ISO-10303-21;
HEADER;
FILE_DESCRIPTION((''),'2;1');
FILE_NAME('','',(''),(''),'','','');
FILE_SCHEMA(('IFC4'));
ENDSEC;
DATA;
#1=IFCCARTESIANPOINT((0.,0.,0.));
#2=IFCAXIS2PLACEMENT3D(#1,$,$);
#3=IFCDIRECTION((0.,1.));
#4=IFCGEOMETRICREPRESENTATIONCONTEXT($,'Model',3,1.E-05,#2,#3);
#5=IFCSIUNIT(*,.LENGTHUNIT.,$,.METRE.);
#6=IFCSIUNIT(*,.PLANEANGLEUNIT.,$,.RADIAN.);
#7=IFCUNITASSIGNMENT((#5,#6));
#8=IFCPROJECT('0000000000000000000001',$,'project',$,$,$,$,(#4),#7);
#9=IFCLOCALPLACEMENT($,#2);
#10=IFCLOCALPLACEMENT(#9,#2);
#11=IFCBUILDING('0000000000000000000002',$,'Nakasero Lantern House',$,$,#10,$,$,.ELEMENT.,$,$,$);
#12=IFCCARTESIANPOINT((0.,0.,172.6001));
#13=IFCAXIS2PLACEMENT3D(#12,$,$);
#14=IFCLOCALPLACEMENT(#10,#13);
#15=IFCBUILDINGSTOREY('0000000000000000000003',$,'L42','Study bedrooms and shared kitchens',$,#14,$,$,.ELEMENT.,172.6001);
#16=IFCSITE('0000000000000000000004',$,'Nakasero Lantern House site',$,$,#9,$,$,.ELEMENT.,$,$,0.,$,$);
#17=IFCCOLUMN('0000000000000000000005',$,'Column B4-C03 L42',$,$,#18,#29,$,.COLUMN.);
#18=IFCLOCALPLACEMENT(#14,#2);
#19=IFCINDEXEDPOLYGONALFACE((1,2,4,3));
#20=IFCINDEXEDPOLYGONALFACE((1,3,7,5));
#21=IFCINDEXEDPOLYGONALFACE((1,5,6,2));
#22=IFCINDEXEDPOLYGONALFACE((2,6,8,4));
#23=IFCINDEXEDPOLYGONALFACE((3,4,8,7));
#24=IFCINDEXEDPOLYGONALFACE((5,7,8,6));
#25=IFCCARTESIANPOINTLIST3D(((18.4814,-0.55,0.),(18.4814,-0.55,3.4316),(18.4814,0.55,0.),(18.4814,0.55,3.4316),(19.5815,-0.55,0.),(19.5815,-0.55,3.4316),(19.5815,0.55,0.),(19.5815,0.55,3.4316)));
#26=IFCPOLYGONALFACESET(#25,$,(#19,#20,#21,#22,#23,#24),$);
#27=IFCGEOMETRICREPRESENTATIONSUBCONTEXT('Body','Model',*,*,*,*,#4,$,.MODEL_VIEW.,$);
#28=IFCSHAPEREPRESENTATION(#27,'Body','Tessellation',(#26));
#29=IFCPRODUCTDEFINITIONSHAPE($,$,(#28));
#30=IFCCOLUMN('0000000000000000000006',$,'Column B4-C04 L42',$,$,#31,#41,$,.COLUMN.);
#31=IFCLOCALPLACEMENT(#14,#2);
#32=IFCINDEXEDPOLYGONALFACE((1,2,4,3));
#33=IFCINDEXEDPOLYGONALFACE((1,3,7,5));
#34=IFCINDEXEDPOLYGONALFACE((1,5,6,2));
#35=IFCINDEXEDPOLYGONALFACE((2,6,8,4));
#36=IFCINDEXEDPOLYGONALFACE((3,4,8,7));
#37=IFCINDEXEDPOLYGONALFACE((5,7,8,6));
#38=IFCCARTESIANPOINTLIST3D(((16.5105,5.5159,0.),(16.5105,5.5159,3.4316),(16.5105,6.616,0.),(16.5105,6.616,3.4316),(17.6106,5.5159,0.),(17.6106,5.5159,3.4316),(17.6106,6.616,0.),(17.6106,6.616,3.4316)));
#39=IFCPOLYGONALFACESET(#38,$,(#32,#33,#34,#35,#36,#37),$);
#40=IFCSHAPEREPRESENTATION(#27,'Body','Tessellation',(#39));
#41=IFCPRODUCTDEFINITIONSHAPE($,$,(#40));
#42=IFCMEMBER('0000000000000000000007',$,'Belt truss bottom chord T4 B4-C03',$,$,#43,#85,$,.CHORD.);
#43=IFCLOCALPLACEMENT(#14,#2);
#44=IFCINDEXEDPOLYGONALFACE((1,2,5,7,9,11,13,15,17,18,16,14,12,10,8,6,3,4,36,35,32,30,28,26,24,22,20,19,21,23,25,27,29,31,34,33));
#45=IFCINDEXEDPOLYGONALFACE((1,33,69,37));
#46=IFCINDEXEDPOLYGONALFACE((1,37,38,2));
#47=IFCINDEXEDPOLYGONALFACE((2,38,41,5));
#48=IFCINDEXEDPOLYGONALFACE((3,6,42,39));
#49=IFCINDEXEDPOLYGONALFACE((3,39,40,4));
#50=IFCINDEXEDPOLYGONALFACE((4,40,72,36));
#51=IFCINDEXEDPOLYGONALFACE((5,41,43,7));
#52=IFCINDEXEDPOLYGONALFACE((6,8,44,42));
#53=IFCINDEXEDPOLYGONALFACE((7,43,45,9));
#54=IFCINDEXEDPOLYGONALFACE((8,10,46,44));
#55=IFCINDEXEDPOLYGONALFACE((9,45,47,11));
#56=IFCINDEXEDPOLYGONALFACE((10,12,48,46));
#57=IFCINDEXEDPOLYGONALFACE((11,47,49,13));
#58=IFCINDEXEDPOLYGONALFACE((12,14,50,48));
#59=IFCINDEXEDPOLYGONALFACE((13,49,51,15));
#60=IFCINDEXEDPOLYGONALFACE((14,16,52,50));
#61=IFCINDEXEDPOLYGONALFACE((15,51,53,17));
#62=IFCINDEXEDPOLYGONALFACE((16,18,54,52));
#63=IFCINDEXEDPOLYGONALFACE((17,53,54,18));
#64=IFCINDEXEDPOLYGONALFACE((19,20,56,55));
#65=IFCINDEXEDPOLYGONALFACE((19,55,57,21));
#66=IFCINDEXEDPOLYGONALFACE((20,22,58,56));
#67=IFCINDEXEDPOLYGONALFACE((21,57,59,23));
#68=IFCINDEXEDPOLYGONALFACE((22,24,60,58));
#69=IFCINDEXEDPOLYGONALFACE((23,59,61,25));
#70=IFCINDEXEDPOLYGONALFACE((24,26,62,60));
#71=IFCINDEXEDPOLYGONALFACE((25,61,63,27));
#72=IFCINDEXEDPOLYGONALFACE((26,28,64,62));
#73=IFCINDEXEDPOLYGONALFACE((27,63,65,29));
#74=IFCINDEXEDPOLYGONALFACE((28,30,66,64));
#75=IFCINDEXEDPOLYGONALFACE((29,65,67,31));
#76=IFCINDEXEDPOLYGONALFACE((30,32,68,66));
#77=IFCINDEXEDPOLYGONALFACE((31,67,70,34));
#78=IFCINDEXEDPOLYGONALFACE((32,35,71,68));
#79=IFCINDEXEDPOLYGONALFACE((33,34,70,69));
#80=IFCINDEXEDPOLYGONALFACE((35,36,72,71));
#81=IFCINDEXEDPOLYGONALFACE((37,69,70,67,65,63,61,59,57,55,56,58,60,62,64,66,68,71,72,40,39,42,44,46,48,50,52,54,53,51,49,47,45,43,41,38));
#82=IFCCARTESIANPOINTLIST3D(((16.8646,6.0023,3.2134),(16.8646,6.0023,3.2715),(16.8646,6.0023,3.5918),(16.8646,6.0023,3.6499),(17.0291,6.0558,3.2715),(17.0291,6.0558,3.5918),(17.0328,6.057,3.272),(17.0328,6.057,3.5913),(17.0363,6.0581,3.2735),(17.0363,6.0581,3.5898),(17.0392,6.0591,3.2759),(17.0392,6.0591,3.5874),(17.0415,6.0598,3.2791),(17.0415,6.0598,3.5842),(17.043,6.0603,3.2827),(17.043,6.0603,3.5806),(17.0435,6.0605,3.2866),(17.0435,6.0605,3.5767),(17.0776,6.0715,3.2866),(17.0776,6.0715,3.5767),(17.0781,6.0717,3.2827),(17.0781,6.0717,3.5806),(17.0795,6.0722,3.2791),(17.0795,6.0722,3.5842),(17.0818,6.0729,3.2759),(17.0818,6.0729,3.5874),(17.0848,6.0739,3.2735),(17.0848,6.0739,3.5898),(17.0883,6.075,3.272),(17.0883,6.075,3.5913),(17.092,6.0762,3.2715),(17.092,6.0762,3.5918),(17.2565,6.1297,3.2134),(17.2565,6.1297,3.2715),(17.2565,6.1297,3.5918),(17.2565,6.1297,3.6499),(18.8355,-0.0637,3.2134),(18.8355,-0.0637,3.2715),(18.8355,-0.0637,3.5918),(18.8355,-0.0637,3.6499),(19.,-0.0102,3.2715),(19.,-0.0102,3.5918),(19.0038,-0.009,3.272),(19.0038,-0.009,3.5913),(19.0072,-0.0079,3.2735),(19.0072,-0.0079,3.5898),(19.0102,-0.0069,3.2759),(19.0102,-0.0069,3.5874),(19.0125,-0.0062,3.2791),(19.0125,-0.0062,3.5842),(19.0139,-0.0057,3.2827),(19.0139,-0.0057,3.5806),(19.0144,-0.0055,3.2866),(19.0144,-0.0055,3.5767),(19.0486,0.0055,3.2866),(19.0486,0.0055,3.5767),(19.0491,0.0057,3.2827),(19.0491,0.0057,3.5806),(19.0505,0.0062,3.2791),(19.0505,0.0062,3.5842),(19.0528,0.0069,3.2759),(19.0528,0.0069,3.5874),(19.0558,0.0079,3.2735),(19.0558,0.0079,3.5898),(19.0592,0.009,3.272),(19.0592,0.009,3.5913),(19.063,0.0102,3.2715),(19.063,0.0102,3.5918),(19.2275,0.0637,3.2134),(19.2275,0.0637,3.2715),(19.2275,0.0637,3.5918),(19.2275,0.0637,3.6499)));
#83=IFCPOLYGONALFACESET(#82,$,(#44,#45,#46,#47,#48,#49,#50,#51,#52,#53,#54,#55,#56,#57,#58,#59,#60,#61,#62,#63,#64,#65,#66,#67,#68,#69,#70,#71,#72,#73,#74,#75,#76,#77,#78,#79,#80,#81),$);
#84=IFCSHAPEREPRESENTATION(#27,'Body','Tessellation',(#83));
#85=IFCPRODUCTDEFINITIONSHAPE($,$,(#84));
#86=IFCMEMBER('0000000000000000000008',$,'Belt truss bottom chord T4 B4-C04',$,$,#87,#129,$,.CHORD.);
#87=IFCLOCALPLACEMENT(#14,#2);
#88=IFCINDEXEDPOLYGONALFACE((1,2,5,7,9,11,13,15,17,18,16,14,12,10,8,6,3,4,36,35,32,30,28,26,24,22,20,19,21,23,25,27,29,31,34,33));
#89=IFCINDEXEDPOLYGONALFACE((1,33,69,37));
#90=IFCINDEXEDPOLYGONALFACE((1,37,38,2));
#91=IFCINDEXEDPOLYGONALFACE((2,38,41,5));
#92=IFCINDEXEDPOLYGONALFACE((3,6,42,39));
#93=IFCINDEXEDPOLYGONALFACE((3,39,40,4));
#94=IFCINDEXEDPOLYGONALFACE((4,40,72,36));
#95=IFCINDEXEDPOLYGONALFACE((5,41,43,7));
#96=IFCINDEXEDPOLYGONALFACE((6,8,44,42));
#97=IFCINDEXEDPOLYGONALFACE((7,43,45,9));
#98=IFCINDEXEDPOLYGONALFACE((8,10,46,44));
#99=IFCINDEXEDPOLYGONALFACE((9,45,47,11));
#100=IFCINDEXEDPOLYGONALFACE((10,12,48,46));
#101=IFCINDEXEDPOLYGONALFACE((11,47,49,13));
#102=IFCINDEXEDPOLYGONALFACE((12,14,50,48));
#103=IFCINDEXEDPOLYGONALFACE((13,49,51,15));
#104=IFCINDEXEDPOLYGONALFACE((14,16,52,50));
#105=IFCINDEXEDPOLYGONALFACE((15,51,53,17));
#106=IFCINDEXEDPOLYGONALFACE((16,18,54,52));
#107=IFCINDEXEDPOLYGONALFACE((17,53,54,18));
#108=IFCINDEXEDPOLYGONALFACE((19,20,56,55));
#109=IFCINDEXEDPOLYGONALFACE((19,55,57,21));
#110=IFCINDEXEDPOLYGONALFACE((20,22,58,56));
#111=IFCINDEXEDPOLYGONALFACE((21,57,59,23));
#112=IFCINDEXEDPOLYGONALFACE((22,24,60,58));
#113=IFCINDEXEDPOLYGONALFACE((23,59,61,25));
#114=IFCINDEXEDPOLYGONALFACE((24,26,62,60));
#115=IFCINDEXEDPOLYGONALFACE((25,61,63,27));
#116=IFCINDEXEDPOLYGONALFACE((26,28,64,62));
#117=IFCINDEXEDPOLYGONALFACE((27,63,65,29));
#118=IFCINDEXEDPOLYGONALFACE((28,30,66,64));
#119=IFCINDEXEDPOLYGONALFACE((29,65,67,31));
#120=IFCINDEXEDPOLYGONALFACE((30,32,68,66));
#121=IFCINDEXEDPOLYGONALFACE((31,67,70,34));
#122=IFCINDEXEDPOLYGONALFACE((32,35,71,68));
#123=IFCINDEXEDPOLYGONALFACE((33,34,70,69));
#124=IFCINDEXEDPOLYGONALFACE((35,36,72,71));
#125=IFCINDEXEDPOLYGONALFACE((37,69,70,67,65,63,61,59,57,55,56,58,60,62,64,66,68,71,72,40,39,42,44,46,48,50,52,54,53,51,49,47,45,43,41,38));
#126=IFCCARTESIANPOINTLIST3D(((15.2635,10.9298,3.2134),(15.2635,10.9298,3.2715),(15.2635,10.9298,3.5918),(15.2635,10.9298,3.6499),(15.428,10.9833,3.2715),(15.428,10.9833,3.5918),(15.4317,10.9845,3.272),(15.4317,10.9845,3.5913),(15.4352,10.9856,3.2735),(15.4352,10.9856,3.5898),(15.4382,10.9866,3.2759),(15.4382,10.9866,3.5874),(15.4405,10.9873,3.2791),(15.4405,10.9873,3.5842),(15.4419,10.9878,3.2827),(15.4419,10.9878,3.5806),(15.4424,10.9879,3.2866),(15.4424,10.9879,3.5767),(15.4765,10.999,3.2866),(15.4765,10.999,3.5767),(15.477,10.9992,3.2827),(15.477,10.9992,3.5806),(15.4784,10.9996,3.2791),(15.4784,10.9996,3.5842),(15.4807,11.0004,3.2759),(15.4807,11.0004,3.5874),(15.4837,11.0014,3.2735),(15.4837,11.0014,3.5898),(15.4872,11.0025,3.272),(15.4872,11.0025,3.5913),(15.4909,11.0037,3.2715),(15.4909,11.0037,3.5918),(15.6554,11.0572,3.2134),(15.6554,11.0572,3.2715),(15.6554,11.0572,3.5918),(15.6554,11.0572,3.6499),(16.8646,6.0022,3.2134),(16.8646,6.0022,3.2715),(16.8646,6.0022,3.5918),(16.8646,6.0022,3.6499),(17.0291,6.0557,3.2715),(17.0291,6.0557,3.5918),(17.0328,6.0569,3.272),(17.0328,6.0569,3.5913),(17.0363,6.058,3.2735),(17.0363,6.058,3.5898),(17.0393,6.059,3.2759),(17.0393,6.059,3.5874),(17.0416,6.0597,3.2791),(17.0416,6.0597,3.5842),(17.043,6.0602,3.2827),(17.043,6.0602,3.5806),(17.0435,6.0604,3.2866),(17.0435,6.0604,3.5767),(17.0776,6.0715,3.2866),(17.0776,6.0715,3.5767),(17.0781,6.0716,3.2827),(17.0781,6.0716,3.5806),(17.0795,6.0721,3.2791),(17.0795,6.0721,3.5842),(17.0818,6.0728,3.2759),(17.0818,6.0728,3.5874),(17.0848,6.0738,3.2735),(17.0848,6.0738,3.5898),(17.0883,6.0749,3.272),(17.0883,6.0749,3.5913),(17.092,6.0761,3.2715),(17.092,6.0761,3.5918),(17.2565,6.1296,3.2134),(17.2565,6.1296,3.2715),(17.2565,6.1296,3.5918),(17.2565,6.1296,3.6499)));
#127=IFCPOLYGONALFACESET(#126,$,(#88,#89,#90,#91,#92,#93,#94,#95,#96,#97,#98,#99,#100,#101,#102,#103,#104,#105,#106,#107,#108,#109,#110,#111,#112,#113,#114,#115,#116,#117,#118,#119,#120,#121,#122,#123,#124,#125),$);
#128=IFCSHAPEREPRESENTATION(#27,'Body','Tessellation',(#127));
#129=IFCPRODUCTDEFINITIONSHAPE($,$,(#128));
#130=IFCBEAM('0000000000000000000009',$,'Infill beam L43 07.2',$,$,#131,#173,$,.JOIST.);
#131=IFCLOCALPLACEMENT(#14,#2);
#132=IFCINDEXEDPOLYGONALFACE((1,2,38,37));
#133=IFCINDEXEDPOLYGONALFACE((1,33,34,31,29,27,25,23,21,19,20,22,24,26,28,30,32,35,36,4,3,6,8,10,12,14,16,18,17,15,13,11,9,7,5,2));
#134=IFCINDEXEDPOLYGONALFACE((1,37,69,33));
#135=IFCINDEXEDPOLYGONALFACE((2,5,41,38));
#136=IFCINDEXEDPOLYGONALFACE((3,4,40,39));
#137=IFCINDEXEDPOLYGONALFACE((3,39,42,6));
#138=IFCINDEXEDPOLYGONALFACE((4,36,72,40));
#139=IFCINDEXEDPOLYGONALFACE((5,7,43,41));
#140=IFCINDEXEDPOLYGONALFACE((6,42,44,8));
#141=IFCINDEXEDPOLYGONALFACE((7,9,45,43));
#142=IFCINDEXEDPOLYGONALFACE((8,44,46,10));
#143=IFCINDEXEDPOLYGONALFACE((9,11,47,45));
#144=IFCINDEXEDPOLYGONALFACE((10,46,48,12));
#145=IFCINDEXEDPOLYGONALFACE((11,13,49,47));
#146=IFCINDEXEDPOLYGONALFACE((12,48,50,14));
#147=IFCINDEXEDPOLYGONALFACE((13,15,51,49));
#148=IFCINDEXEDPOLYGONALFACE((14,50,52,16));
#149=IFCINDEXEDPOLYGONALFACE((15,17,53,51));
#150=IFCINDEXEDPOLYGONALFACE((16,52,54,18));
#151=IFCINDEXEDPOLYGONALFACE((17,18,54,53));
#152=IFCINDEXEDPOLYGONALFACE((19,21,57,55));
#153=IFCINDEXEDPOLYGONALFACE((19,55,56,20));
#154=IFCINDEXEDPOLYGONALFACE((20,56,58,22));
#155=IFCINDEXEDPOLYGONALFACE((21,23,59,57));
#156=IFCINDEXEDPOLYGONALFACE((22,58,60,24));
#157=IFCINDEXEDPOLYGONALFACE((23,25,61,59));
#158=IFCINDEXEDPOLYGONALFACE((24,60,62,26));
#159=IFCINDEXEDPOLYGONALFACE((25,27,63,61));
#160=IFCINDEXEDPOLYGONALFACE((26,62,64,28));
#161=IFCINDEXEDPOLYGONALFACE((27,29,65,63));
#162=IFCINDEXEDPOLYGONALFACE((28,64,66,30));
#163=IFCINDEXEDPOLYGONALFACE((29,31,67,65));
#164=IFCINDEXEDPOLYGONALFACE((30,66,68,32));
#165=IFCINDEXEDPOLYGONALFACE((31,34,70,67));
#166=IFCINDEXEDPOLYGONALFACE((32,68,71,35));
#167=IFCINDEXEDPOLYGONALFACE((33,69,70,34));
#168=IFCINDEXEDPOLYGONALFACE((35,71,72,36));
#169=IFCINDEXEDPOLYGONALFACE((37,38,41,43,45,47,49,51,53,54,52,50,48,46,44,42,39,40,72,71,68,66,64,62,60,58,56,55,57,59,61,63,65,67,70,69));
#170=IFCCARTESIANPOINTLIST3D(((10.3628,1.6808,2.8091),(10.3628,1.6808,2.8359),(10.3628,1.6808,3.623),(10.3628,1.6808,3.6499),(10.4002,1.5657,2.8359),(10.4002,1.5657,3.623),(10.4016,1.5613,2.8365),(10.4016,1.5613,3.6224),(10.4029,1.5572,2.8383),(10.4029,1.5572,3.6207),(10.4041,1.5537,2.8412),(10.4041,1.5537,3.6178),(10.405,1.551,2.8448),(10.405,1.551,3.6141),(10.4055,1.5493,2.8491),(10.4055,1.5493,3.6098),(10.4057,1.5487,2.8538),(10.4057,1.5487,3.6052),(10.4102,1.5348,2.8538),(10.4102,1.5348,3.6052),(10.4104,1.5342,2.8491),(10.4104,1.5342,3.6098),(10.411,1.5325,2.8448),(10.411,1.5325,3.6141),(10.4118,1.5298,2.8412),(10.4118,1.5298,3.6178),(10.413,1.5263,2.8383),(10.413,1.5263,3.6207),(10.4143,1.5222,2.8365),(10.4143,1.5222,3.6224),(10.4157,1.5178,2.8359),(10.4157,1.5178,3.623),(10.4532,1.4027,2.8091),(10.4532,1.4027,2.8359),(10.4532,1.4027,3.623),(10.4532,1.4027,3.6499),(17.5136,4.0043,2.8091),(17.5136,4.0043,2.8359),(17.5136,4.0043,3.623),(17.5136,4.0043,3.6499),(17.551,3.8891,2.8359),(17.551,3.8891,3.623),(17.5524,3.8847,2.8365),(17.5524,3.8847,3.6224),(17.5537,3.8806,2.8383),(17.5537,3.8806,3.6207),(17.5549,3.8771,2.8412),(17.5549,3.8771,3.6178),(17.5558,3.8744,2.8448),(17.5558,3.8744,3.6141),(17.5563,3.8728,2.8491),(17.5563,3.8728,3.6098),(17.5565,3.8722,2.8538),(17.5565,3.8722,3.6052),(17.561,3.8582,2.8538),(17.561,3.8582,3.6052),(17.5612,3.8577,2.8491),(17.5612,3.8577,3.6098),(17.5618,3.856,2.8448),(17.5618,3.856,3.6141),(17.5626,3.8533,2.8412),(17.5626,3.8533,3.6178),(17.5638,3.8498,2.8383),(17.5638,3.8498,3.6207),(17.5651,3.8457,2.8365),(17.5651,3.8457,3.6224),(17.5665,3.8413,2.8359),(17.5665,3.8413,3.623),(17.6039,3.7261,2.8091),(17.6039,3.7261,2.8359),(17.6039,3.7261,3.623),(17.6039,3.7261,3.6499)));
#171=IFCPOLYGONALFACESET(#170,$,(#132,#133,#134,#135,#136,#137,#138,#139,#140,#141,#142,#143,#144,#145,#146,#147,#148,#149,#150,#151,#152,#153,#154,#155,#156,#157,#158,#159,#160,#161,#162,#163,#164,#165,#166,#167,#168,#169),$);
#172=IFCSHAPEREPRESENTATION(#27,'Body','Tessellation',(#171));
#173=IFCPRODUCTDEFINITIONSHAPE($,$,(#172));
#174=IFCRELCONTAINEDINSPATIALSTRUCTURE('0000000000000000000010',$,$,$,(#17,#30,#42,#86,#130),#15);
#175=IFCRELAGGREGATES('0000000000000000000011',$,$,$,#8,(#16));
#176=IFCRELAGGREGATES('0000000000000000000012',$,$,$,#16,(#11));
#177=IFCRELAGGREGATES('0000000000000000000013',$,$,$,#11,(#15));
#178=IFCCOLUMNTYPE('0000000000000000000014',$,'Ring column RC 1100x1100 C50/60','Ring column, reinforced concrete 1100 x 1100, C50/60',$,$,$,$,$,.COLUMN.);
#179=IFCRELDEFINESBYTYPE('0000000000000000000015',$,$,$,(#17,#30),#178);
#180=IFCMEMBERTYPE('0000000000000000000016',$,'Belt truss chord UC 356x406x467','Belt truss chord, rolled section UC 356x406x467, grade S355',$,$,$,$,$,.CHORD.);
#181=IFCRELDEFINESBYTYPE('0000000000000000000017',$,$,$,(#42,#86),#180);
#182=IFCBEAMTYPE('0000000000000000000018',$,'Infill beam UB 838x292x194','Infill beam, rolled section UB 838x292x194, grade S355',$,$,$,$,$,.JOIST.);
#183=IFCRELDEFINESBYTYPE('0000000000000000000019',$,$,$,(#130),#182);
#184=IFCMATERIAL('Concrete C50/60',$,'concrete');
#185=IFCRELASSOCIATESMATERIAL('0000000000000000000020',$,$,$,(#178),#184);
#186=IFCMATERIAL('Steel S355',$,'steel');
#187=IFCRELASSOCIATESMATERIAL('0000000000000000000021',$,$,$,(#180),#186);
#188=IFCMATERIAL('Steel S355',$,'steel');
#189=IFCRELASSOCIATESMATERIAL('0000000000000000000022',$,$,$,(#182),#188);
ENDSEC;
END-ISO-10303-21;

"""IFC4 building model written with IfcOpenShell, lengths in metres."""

from ifc_helpers import new_model, si_unit, direction, frame, origin, origin_2d, place, context, subcontext, project, spatial, rectangle, i_section, extrude, material, material_profile, profile_set, type_object, element, save


model = new_model("IFC4")

# Units and contexts
model_context = context("Model", 3, precision=1e-05, world=origin(), true_north=direction((0.0, 1.0)))
body_context = subcontext(model_context, "Body", "Model", "MODEL_VIEW")
ifc_project = project(units=[si_unit("LENGTHUNIT", "METRE"), si_unit("PLANEANGLEUNIT", "RADIAN")], contexts=[model_context])

# Site, building, storey
site_placement = place(None, origin())
site = spatial("IfcSite", under=ifc_project, at=site_placement, Name="Nakasero Lantern House site", CompositionType="ELEMENT", RefElevation=0.0)
building_placement = place(site_placement, origin())
building = spatial("IfcBuilding", under=site, at=building_placement, Name="Nakasero Lantern House", CompositionType="ELEMENT")
storey_placement = place(building_placement, frame((0.0, 0.0, 172.6001)))
storey = spatial("IfcBuildingStorey", under=building, at=storey_placement, Name="L42", Description="Study bedrooms and shared kitchens", CompositionType="ELEMENT", Elevation=172.6001)

# Columns
ifc_material_1 = material(Name="Concrete C50/60", Category="concrete")
ifc_material_profile_1 = material_profile(ifc_material_1, rectangle(XDim=1.1001, YDim=1.1001, at=origin_2d()), Name="RC 1100x1100")
ifc_profile_set_1 = profile_set([ifc_material_profile_1], Name="Concrete C50/60")
column_type = type_object("IfcColumnType", Name="Ring column RC 1100x1100 C50/60", Description="Ring column, reinforced concrete 1100 x 1100, C50/60", PredefinedType="COLUMN", material=ifc_profile_set_1)
for number, where, z_axis, x_axis, name in (
    (1, (19.0315, 0.0, 0.0), (0.0, 0.0, 1.0), (1.0, 0.0, 0.0), "Column B4-C03 L42"),
    (2, (17.0605, 6.0659, 0.0), (0.0, 0.0, 1.0), (1.0, 0.0, 0.0), "Column B4-C04 L42"),
):
    element("IfcColumn", number, at=place(storey_placement, frame(where, z_axis=z_axis, x_axis=x_axis)), inside=storey, type_object=column_type, Name=name, PredefinedType="COLUMN", context=body_context, shape_type="SweptSolid", body=[
        extrude(rectangle(XDim=1.1001, YDim=1.1001, at=origin_2d()), origin(), (0.0, 0.0, 1.0), 3.4316),
    ])

# Members
ifc_material_2 = material(Name="Steel S355", Category="steel")
ifc_material_profile_2 = material_profile(ifc_material_2, i_section(OverallWidth=0.4121, OverallDepth=0.4365, WebThickness=0.0359, FlangeThickness=0.0581, FilletRadius=0.0151, at=origin_2d()), Name="UC 356x406x467")
ifc_profile_set_2 = profile_set([ifc_material_profile_2], Name="Steel S355")
member_type = type_object("IfcMemberType", Name="Belt truss chord UC 356x406x467", Description="Belt truss chord, rolled section UC 356x406x467, grade S355", PredefinedType="CHORD", material=ifc_profile_set_2)
member_1_placement = place(storey_placement, frame((19.0315, 0.0, 3.4316), z_axis=(-0.309019, 0.951056, 0.0), x_axis=(-0.951056, -0.309019, 0.0)))
element("IfcMember", 3, at=member_1_placement, inside=storey, type_object=member_type, Name="Belt truss bottom chord T4 B4-C03", PredefinedType="CHORD", context=body_context, shape_type="SweptSolid", body=[
    extrude(i_section(OverallWidth=0.4121, OverallDepth=0.4365, WebThickness=0.0359, FlangeThickness=0.0581, FilletRadius=0.0151, at=origin_2d()), origin(), (0.0, 0.0, 1.0), 6.3782),
])
member_2_placement = place(storey_placement, frame((17.0605, 6.0659, 3.4316), z_axis=(-0.309023, 0.951054, 0.0), x_axis=(-0.951054, -0.309023, 0.0)))
element("IfcMember", 4, at=member_2_placement, inside=storey, type_object=member_type, Name="Belt truss bottom chord T4 B4-C04", PredefinedType="CHORD", context=body_context, shape_type="SweptSolid", body=[
    extrude(i_section(OverallWidth=0.4121, OverallDepth=0.4365, WebThickness=0.0359, FlangeThickness=0.0581, FilletRadius=0.0151, at=origin_2d()), origin(), (0.0, 0.0, 1.0), 5.1812),
])

# Beam
ifc_material_3 = material(Name="Steel S355", Category="steel")
ifc_material_profile_3 = material_profile(ifc_material_3, i_section(OverallWidth=0.2925, OverallDepth=0.8408, WebThickness=0.0146, FlangeThickness=0.0269, FilletRadius=0.0178, at=origin_2d()), Name="UB 838x292x194")
ifc_profile_set_3 = profile_set([ifc_material_profile_3], Name="Steel S355")
beam_type_1 = type_object("IfcBeamType", Name="Infill beam UB 838x292x194", Description="Infill beam, rolled section UB 838x292x194, grade S355", PredefinedType="JOIST", material=ifc_profile_set_3)
beam_1_placement = place(storey_placement, frame((10.408, 1.5417, 3.2295), z_axis=(0.951056, 0.30902, 0.0), x_axis=(-0.30902, 0.951056, 0.0)))
element("IfcBeam", 5, at=beam_1_placement, inside=storey, type_object=beam_type_1, Name="Infill beam L43 07.2", PredefinedType="JOIST", context=body_context, shape_type="SweptSolid", body=[
    extrude(i_section(OverallWidth=0.2925, OverallDepth=0.8408, WebThickness=0.0146, FlangeThickness=0.0269, FilletRadius=0.0178, at=origin_2d()), origin(), (0.0, 0.0, 1.0), 7.5188),
])

save(model, "model.ifc")
